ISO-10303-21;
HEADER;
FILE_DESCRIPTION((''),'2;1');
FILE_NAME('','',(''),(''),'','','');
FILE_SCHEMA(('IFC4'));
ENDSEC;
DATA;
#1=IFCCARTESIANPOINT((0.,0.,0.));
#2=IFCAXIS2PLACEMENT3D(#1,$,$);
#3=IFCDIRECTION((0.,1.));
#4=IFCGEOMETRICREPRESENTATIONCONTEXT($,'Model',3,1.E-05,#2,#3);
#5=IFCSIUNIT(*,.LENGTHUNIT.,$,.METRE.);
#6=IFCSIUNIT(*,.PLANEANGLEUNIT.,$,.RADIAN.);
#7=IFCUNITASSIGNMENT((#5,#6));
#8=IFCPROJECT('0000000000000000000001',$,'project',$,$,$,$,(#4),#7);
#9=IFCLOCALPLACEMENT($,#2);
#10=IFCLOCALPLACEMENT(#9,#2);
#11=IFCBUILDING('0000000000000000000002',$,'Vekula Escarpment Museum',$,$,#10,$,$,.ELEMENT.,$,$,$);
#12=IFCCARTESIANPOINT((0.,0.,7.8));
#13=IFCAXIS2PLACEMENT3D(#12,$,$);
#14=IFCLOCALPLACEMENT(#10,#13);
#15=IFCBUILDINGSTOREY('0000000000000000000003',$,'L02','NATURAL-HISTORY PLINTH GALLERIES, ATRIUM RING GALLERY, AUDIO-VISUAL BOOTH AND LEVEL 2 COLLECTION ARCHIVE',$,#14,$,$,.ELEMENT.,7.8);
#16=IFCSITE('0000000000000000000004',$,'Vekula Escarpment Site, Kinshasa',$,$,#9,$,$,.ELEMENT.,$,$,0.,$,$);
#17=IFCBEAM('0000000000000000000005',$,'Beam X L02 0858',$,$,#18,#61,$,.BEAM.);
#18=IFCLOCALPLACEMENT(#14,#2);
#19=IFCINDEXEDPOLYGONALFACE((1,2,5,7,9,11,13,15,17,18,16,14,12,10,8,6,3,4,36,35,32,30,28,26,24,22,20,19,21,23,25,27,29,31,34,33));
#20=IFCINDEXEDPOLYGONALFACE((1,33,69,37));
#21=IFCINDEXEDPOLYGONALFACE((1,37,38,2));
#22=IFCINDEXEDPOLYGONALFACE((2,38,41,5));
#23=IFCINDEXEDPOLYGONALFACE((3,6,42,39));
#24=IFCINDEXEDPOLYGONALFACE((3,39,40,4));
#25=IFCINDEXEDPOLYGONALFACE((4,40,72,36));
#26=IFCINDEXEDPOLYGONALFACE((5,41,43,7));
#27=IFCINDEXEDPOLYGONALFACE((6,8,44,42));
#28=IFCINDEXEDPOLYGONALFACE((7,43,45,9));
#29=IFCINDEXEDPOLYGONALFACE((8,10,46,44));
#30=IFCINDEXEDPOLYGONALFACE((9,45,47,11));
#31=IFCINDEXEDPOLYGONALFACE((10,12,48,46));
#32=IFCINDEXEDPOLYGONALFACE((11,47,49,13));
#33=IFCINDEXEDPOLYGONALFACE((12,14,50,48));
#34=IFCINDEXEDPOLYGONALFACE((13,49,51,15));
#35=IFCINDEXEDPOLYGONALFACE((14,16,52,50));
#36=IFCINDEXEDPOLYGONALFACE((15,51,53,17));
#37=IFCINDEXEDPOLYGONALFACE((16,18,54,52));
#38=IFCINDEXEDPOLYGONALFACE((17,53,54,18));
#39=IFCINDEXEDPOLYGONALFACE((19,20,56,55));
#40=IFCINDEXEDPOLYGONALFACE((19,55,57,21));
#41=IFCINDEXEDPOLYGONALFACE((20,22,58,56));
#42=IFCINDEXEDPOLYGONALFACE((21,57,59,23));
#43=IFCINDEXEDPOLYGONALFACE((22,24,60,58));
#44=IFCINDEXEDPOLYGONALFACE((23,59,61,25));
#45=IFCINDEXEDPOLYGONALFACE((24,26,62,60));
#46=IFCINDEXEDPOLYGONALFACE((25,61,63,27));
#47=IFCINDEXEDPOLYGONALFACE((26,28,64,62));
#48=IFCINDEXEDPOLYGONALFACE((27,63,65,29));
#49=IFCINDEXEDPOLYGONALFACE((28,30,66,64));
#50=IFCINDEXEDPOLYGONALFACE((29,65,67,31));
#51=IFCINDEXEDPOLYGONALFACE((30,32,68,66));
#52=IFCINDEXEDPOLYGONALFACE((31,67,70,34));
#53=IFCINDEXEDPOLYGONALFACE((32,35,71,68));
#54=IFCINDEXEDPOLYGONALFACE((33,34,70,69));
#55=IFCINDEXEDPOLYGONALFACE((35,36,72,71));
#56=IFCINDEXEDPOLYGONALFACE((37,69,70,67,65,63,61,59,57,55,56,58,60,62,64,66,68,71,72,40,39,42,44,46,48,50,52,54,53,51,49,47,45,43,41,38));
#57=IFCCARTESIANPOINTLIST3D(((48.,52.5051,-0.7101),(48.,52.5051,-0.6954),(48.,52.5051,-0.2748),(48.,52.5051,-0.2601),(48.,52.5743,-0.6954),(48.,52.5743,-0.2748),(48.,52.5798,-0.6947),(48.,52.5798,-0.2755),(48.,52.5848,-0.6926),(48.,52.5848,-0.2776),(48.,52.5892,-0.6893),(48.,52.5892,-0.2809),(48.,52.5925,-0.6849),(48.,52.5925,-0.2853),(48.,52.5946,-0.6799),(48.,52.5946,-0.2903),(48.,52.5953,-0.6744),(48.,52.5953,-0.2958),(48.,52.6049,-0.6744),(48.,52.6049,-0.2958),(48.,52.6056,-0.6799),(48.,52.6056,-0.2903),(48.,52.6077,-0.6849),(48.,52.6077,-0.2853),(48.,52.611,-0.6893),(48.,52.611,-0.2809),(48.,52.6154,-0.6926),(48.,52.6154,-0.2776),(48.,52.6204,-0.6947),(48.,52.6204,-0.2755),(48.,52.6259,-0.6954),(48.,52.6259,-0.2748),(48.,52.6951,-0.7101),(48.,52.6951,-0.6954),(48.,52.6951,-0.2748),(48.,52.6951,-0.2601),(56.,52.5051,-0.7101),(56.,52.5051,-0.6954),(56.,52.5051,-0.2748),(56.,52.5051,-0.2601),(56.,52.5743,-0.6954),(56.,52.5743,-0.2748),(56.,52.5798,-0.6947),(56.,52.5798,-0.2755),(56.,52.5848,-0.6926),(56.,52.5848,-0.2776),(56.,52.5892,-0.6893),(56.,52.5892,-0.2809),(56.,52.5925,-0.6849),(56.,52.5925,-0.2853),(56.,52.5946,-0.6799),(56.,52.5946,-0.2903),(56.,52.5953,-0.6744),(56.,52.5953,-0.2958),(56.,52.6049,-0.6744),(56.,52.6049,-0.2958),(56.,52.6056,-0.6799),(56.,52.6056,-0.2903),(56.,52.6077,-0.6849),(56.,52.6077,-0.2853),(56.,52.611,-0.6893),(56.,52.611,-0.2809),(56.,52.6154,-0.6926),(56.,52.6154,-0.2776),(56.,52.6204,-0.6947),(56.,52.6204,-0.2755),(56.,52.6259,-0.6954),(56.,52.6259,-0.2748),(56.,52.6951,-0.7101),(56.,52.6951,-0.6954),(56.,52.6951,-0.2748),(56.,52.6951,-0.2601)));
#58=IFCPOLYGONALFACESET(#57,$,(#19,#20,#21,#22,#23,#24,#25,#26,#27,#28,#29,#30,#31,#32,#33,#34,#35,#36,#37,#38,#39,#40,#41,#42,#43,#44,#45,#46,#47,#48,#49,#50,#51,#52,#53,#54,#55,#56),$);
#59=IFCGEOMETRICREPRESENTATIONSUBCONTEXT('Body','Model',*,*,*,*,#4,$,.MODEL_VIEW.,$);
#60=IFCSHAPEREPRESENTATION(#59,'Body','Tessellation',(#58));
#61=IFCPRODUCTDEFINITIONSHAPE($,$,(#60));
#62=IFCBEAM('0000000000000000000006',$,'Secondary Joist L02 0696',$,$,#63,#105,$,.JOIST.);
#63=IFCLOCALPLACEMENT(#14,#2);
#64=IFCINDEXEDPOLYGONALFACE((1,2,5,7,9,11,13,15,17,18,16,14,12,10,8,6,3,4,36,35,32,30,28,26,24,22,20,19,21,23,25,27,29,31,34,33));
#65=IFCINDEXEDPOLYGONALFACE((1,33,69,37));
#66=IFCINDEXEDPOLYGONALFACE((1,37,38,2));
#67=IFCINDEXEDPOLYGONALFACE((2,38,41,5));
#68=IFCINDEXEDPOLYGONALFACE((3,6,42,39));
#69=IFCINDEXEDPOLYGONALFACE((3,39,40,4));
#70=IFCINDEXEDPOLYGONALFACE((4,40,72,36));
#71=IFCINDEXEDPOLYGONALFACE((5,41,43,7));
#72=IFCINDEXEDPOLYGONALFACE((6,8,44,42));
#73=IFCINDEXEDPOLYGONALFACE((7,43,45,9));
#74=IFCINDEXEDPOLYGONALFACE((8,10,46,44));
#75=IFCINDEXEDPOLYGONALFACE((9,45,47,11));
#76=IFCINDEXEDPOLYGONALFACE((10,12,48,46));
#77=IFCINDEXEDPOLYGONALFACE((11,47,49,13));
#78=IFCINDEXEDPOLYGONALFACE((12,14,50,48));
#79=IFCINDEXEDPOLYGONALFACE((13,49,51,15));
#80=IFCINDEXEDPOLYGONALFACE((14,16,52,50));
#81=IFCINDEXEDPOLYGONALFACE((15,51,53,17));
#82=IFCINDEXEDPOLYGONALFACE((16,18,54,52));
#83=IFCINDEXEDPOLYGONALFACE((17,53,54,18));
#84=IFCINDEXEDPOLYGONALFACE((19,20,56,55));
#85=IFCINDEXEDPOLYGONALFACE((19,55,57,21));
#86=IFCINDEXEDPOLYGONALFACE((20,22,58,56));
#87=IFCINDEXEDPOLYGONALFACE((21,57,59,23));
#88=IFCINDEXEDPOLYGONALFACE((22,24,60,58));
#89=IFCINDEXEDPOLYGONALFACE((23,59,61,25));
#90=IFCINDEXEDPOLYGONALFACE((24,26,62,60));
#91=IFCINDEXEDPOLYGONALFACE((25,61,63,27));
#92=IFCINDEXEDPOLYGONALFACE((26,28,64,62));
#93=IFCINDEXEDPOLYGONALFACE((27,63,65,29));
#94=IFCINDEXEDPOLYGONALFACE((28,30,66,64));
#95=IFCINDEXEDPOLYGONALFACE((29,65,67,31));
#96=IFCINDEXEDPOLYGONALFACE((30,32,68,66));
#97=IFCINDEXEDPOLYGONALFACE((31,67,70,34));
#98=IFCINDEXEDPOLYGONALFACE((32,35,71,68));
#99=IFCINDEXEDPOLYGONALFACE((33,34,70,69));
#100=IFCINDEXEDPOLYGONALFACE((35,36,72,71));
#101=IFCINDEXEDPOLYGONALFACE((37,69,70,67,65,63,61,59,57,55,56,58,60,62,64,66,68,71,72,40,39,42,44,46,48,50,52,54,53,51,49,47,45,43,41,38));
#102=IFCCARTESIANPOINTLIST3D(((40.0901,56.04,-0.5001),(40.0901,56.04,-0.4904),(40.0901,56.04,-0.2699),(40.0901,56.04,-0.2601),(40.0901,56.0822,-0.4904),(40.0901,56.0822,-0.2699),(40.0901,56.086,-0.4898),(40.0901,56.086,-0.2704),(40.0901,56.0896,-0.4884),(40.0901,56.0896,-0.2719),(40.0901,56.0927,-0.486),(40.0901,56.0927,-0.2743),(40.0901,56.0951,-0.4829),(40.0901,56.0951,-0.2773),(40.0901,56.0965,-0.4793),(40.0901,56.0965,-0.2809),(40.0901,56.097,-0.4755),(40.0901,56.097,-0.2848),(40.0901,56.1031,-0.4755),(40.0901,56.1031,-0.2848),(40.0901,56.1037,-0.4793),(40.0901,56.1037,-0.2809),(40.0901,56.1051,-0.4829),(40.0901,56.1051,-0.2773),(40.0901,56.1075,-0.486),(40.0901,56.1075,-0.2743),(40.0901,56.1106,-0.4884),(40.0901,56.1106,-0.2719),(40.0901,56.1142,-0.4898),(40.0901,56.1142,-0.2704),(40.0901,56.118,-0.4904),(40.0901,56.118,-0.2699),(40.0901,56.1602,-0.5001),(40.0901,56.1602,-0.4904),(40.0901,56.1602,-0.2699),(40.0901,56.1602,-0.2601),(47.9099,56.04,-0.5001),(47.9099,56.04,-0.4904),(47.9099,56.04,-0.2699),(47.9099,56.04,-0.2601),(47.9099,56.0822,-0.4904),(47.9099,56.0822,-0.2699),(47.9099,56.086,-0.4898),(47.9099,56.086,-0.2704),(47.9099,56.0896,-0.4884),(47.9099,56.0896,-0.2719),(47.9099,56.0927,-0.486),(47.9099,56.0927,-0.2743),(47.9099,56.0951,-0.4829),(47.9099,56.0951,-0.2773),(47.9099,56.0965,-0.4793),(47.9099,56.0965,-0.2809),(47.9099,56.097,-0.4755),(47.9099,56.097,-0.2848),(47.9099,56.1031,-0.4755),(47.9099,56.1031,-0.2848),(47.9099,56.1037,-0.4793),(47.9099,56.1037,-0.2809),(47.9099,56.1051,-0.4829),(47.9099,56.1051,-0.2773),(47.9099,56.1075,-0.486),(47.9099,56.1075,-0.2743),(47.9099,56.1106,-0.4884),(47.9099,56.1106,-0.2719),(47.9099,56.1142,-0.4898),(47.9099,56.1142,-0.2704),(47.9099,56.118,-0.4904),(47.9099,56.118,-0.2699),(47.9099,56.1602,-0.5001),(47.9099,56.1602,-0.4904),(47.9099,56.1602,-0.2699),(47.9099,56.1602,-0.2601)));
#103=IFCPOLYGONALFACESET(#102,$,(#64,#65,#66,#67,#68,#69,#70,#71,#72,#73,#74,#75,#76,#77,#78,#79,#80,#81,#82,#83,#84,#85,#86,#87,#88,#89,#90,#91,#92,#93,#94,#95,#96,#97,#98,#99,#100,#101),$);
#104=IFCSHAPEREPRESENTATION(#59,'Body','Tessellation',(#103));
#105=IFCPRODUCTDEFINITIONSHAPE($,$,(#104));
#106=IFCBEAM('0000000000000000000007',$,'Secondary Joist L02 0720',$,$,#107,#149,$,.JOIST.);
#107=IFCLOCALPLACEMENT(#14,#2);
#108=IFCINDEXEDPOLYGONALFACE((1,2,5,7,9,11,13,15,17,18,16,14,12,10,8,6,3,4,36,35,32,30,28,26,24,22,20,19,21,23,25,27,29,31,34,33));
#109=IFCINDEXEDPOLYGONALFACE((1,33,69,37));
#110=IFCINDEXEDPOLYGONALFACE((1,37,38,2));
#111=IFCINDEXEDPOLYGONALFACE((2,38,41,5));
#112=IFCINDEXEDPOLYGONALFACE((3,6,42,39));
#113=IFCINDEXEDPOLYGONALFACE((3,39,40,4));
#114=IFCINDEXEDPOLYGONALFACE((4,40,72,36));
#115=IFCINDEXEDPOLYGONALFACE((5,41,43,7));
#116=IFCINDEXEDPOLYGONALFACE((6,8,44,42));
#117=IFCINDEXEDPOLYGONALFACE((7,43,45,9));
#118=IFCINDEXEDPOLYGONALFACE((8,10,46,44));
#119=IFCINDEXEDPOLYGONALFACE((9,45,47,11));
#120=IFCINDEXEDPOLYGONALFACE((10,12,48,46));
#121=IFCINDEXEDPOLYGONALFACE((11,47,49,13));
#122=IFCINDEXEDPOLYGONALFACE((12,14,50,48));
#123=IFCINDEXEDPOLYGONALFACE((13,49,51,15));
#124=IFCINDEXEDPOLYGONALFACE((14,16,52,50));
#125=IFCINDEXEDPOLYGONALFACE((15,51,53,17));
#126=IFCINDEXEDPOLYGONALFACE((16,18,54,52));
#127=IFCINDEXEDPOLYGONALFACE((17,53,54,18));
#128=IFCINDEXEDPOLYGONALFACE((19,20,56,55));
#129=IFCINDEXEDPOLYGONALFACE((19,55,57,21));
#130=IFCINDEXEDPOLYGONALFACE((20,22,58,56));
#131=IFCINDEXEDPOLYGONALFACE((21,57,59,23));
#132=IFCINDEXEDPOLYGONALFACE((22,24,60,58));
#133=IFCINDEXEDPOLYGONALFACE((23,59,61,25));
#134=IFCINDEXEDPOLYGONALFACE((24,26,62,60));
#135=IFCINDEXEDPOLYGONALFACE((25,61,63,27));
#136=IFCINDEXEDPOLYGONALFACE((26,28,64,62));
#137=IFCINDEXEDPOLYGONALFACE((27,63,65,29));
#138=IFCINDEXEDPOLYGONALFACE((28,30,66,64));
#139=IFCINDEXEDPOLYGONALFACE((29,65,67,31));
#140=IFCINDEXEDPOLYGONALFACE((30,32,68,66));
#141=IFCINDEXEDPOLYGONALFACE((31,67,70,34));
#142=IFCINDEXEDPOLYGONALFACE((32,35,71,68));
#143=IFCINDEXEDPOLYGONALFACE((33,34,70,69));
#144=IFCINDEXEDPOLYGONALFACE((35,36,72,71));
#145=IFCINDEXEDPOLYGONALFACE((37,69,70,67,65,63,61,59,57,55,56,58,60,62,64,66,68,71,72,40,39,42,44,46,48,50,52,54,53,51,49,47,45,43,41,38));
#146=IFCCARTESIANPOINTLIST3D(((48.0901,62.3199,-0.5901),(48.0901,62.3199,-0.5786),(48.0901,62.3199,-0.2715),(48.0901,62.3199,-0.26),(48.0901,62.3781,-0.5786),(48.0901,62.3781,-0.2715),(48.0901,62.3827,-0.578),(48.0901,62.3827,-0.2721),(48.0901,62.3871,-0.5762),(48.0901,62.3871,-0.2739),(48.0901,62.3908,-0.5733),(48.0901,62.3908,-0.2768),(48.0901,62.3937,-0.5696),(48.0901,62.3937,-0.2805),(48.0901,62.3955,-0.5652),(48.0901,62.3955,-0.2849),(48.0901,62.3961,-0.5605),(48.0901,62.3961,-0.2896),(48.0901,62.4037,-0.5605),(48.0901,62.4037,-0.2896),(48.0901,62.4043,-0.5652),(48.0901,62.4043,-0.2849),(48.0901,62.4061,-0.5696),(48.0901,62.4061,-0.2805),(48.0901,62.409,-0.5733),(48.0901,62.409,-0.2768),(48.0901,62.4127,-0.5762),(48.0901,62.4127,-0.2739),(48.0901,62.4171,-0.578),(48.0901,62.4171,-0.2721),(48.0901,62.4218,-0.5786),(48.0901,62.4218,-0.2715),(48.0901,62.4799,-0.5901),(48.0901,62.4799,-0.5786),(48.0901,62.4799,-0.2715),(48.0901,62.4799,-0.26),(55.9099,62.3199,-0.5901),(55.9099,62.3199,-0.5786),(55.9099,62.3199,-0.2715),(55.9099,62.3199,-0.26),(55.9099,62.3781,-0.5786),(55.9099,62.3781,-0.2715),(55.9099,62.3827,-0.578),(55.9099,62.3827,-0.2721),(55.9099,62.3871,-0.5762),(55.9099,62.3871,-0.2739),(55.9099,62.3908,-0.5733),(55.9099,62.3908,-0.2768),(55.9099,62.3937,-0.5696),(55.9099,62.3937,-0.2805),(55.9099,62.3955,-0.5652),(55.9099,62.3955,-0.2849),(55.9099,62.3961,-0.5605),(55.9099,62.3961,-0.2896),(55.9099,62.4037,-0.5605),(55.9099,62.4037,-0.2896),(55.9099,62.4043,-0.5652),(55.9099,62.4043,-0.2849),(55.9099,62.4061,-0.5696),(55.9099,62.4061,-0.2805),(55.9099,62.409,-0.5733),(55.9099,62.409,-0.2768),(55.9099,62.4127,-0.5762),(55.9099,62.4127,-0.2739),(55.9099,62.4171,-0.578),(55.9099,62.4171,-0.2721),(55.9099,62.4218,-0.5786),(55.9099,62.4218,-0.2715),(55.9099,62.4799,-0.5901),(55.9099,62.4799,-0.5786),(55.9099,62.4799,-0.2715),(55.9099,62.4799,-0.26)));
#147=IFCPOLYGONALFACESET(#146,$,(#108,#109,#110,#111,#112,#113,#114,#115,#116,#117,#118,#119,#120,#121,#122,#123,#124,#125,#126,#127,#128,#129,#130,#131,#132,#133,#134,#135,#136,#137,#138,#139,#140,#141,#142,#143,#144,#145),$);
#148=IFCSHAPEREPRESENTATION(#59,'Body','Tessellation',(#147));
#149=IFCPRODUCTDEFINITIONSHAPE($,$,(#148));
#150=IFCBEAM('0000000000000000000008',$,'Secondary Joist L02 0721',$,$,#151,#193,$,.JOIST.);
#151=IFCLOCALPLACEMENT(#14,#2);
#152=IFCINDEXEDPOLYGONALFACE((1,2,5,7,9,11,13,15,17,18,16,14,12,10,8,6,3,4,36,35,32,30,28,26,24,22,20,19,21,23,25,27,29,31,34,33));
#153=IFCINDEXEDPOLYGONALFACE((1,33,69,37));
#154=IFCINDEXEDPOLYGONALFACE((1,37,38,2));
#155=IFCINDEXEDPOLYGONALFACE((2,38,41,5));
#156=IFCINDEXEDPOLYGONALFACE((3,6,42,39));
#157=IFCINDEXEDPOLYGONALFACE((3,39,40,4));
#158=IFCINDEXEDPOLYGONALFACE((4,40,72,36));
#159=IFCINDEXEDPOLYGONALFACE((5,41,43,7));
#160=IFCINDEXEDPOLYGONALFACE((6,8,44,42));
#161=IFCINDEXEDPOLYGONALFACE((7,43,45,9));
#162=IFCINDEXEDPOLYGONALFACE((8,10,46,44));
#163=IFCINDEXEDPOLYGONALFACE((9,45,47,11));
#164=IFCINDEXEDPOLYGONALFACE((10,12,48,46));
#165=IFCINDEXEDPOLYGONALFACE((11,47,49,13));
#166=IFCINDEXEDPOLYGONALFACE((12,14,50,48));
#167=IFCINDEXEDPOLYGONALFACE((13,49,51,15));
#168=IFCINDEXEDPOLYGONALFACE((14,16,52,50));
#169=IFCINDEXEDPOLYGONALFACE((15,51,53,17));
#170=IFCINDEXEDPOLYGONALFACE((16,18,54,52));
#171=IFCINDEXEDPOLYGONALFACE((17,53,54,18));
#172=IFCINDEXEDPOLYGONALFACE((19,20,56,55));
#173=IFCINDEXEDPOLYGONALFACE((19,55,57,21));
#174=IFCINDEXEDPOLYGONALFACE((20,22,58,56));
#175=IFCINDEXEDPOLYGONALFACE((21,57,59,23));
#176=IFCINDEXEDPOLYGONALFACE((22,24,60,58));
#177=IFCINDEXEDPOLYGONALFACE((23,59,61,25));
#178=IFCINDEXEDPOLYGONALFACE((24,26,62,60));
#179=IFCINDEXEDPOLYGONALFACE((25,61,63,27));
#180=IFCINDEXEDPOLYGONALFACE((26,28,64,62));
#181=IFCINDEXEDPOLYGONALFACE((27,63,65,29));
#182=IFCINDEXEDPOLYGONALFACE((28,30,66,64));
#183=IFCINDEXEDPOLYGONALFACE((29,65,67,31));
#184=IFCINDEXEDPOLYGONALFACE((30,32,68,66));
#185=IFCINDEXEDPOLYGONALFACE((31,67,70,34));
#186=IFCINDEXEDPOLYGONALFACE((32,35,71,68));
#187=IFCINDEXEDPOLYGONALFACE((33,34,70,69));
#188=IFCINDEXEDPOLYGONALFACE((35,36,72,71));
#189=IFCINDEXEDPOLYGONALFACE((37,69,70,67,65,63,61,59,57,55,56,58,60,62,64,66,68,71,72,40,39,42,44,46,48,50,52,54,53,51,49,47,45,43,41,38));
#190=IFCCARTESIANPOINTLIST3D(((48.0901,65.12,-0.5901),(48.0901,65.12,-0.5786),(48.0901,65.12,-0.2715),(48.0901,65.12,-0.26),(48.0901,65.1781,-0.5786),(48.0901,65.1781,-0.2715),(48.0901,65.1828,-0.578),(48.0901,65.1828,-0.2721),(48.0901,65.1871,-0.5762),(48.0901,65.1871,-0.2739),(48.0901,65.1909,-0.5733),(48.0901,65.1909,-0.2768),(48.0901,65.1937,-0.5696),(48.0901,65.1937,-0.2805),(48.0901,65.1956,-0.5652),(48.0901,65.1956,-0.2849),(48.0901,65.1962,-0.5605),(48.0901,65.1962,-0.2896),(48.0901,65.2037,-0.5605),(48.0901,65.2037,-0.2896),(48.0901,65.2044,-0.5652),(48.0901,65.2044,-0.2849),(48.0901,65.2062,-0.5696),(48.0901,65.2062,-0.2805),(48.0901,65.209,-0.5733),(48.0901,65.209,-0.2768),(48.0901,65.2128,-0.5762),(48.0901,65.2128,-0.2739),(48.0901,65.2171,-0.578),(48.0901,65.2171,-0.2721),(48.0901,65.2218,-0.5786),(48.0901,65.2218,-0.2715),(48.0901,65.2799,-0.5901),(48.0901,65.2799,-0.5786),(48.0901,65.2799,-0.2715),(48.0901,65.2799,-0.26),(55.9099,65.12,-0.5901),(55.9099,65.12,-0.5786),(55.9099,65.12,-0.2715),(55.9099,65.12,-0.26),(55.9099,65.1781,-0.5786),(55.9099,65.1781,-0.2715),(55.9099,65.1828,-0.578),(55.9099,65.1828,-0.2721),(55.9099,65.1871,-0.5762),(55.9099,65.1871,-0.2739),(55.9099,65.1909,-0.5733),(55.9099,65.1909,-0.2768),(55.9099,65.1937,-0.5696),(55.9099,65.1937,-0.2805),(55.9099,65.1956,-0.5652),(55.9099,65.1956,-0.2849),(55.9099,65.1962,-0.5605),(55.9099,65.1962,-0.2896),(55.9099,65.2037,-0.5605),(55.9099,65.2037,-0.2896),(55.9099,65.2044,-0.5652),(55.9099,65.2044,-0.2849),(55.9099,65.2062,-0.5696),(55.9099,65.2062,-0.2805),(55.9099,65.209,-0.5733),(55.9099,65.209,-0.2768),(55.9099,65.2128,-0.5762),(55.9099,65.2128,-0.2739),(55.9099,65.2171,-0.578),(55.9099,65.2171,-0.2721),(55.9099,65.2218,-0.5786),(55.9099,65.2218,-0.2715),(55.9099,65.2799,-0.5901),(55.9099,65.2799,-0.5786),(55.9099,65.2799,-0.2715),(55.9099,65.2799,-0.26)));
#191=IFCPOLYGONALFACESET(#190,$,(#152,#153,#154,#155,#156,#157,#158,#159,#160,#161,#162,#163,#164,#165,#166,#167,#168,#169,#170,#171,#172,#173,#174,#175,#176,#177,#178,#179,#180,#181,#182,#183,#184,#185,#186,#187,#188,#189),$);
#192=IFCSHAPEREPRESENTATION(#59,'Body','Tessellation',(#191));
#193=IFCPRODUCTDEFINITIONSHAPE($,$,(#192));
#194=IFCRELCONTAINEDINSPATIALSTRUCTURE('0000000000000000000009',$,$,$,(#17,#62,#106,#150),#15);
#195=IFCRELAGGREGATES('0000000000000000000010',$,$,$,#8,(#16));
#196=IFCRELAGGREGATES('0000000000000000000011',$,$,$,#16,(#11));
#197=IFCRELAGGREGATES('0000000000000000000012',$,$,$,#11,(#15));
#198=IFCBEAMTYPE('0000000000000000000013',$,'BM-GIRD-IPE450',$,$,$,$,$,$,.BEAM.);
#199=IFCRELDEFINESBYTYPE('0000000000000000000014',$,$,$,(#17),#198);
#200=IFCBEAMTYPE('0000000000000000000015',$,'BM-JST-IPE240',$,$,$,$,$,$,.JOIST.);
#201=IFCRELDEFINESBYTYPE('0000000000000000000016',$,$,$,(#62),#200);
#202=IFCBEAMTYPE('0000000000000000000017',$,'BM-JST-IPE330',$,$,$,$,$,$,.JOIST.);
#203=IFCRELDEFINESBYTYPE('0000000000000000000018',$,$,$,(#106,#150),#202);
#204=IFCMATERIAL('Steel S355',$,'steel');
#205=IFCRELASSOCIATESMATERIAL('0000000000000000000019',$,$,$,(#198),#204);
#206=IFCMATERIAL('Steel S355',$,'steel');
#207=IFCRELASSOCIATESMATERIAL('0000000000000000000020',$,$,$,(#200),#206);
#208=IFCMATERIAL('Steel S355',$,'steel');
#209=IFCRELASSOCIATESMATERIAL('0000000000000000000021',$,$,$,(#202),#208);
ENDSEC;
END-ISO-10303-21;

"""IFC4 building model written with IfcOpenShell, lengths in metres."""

from ifc_helpers import new_model, si_unit, direction, frame, origin, origin_2d, place, context, subcontext, project, spatial, i_section, extrude, material, material_profile, profile_set, type_object, element, save


model = new_model("IFC4")

# Units and contexts
model_context = context("Model", 3, precision=1e-05, world=origin(), true_north=direction((0.0, 1.0)))
body_context = subcontext(model_context, "Body", "Model", "MODEL_VIEW")
ifc_project = project(units=[si_unit("LENGTHUNIT", "METRE"), si_unit("PLANEANGLEUNIT", "RADIAN")], contexts=[model_context])

# Site, building, storey
site_placement = place(None, origin())
site = spatial("IfcSite", under=ifc_project, at=site_placement, Name="Vekula Escarpment Site, Kinshasa", CompositionType="ELEMENT", RefElevation=0.0)
building_placement = place(site_placement, origin())
building = spatial("IfcBuilding", under=site, at=building_placement, Name="Vekula Escarpment Museum", CompositionType="ELEMENT")
storey_placement = place(building_placement, frame((0.0, 0.0, 7.8)))
storey = spatial("IfcBuildingStorey", under=building, at=storey_placement, Name="L02", Description="NATURAL-HISTORY PLINTH GALLERIES, ATRIUM RING GALLERY, AUDIO-VISUAL BOOTH AND LEVEL 2 COLLECTION ARCHIVE", CompositionType="ELEMENT", Elevation=7.8)

# Beams
ifc_material_1 = material(Name="Steel S355", Category="steel")
ifc_material_profile_1 = material_profile(ifc_material_1, i_section(OverallWidth=0.1899, OverallDepth=0.45, WebThickness=0.0095, FlangeThickness=0.0146, FilletRadius=0.021, at=origin_2d()), Name="IPE 450")
ifc_profile_set_1 = profile_set([ifc_material_profile_1], Name="Steel S355")
beam_type_1 = type_object("IfcBeamType", Name="BM-GIRD-IPE450", PredefinedType="BEAM", material=ifc_profile_set_1)
beam_1_placement = place(storey_placement, frame((48.0, 52.6001, -0.4851), z_axis=(1.0, 0.0, 0.0), x_axis=(0.0, 1.0, 0.0)))
element("IfcBeam", 1, at=beam_1_placement, inside=storey, type_object=beam_type_1, Name="Beam X L02 0858", PredefinedType="BEAM", context=body_context, shape_type="SweptSolid", body=[
    extrude(i_section(OverallWidth=0.1899, OverallDepth=0.45, WebThickness=0.0095, FlangeThickness=0.0146, FilletRadius=0.021, at=origin_2d()), origin(), (0.0, 0.0, 1.0), 8.0),
])
ifc_material_2 = material(Name="Steel S355", Category="steel")
ifc_material_profile_2 = material_profile(ifc_material_2, i_section(OverallWidth=0.1201, OverallDepth=0.24, WebThickness=0.0061, FlangeThickness=0.0098, FilletRadius=0.0149, at=origin_2d()), Name="IPE 240")
ifc_profile_set_2 = profile_set([ifc_material_profile_2], Name="Steel S355")
beam_type_2 = type_object("IfcBeamType", Name="BM-JST-IPE240", PredefinedType="JOIST", material=ifc_profile_set_2)
beam_2_placement = place(storey_placement, frame((40.0901, 56.1001, -0.3801), z_axis=(1.0, 0.0, 0.0), x_axis=(0.0, 1.0, 0.0)))
element("IfcBeam", 2, at=beam_2_placement, inside=storey, type_object=beam_type_2, Name="Secondary Joist L02 0696", PredefinedType="JOIST", context=body_context, shape_type="SweptSolid", body=[
    extrude(i_section(OverallWidth=0.1201, OverallDepth=0.24, WebThickness=0.0061, FlangeThickness=0.0098, FilletRadius=0.0149, at=origin_2d()), origin(), (0.0, 0.0, 1.0), 7.8198),
])
ifc_material_3 = material(Name="Steel S355", Category="steel")
ifc_material_profile_3 = material_profile(ifc_material_3, i_section(OverallWidth=0.1599, OverallDepth=0.3301, WebThickness=0.0076, FlangeThickness=0.0115, FilletRadius=0.0181, at=origin_2d()), Name="IPE 330")
ifc_profile_set_3 = profile_set([ifc_material_profile_3], Name="Steel S355")
beam_type_3 = type_object("IfcBeamType", Name="BM-JST-IPE330", PredefinedType="JOIST", material=ifc_profile_set_3)
for number, where, z_axis, x_axis, name in (
    (3, (48.0901, 62.3999, -0.425), (1.0, 0.0, 0.0), (0.0, 1.0, 0.0), "Secondary Joist L02 0720"),
    (4, (48.0901, 65.2, -0.425), (1.0, 0.0, 0.0), (0.0, 1.0, 0.0), "Secondary Joist L02 0721"),
):
    element("IfcBeam", number, at=place(storey_placement, frame(where, z_axis=z_axis, x_axis=x_axis)), inside=storey, type_object=beam_type_3, Name=name, PredefinedType="JOIST", context=body_context, shape_type="SweptSolid", body=[
        extrude(i_section(OverallWidth=0.1599, OverallDepth=0.3301, WebThickness=0.0076, FlangeThickness=0.0115, FilletRadius=0.0181, at=origin_2d()), origin(), (0.0, 0.0, 1.0), 7.8198),
    ])

save(model, "model.ifc")
